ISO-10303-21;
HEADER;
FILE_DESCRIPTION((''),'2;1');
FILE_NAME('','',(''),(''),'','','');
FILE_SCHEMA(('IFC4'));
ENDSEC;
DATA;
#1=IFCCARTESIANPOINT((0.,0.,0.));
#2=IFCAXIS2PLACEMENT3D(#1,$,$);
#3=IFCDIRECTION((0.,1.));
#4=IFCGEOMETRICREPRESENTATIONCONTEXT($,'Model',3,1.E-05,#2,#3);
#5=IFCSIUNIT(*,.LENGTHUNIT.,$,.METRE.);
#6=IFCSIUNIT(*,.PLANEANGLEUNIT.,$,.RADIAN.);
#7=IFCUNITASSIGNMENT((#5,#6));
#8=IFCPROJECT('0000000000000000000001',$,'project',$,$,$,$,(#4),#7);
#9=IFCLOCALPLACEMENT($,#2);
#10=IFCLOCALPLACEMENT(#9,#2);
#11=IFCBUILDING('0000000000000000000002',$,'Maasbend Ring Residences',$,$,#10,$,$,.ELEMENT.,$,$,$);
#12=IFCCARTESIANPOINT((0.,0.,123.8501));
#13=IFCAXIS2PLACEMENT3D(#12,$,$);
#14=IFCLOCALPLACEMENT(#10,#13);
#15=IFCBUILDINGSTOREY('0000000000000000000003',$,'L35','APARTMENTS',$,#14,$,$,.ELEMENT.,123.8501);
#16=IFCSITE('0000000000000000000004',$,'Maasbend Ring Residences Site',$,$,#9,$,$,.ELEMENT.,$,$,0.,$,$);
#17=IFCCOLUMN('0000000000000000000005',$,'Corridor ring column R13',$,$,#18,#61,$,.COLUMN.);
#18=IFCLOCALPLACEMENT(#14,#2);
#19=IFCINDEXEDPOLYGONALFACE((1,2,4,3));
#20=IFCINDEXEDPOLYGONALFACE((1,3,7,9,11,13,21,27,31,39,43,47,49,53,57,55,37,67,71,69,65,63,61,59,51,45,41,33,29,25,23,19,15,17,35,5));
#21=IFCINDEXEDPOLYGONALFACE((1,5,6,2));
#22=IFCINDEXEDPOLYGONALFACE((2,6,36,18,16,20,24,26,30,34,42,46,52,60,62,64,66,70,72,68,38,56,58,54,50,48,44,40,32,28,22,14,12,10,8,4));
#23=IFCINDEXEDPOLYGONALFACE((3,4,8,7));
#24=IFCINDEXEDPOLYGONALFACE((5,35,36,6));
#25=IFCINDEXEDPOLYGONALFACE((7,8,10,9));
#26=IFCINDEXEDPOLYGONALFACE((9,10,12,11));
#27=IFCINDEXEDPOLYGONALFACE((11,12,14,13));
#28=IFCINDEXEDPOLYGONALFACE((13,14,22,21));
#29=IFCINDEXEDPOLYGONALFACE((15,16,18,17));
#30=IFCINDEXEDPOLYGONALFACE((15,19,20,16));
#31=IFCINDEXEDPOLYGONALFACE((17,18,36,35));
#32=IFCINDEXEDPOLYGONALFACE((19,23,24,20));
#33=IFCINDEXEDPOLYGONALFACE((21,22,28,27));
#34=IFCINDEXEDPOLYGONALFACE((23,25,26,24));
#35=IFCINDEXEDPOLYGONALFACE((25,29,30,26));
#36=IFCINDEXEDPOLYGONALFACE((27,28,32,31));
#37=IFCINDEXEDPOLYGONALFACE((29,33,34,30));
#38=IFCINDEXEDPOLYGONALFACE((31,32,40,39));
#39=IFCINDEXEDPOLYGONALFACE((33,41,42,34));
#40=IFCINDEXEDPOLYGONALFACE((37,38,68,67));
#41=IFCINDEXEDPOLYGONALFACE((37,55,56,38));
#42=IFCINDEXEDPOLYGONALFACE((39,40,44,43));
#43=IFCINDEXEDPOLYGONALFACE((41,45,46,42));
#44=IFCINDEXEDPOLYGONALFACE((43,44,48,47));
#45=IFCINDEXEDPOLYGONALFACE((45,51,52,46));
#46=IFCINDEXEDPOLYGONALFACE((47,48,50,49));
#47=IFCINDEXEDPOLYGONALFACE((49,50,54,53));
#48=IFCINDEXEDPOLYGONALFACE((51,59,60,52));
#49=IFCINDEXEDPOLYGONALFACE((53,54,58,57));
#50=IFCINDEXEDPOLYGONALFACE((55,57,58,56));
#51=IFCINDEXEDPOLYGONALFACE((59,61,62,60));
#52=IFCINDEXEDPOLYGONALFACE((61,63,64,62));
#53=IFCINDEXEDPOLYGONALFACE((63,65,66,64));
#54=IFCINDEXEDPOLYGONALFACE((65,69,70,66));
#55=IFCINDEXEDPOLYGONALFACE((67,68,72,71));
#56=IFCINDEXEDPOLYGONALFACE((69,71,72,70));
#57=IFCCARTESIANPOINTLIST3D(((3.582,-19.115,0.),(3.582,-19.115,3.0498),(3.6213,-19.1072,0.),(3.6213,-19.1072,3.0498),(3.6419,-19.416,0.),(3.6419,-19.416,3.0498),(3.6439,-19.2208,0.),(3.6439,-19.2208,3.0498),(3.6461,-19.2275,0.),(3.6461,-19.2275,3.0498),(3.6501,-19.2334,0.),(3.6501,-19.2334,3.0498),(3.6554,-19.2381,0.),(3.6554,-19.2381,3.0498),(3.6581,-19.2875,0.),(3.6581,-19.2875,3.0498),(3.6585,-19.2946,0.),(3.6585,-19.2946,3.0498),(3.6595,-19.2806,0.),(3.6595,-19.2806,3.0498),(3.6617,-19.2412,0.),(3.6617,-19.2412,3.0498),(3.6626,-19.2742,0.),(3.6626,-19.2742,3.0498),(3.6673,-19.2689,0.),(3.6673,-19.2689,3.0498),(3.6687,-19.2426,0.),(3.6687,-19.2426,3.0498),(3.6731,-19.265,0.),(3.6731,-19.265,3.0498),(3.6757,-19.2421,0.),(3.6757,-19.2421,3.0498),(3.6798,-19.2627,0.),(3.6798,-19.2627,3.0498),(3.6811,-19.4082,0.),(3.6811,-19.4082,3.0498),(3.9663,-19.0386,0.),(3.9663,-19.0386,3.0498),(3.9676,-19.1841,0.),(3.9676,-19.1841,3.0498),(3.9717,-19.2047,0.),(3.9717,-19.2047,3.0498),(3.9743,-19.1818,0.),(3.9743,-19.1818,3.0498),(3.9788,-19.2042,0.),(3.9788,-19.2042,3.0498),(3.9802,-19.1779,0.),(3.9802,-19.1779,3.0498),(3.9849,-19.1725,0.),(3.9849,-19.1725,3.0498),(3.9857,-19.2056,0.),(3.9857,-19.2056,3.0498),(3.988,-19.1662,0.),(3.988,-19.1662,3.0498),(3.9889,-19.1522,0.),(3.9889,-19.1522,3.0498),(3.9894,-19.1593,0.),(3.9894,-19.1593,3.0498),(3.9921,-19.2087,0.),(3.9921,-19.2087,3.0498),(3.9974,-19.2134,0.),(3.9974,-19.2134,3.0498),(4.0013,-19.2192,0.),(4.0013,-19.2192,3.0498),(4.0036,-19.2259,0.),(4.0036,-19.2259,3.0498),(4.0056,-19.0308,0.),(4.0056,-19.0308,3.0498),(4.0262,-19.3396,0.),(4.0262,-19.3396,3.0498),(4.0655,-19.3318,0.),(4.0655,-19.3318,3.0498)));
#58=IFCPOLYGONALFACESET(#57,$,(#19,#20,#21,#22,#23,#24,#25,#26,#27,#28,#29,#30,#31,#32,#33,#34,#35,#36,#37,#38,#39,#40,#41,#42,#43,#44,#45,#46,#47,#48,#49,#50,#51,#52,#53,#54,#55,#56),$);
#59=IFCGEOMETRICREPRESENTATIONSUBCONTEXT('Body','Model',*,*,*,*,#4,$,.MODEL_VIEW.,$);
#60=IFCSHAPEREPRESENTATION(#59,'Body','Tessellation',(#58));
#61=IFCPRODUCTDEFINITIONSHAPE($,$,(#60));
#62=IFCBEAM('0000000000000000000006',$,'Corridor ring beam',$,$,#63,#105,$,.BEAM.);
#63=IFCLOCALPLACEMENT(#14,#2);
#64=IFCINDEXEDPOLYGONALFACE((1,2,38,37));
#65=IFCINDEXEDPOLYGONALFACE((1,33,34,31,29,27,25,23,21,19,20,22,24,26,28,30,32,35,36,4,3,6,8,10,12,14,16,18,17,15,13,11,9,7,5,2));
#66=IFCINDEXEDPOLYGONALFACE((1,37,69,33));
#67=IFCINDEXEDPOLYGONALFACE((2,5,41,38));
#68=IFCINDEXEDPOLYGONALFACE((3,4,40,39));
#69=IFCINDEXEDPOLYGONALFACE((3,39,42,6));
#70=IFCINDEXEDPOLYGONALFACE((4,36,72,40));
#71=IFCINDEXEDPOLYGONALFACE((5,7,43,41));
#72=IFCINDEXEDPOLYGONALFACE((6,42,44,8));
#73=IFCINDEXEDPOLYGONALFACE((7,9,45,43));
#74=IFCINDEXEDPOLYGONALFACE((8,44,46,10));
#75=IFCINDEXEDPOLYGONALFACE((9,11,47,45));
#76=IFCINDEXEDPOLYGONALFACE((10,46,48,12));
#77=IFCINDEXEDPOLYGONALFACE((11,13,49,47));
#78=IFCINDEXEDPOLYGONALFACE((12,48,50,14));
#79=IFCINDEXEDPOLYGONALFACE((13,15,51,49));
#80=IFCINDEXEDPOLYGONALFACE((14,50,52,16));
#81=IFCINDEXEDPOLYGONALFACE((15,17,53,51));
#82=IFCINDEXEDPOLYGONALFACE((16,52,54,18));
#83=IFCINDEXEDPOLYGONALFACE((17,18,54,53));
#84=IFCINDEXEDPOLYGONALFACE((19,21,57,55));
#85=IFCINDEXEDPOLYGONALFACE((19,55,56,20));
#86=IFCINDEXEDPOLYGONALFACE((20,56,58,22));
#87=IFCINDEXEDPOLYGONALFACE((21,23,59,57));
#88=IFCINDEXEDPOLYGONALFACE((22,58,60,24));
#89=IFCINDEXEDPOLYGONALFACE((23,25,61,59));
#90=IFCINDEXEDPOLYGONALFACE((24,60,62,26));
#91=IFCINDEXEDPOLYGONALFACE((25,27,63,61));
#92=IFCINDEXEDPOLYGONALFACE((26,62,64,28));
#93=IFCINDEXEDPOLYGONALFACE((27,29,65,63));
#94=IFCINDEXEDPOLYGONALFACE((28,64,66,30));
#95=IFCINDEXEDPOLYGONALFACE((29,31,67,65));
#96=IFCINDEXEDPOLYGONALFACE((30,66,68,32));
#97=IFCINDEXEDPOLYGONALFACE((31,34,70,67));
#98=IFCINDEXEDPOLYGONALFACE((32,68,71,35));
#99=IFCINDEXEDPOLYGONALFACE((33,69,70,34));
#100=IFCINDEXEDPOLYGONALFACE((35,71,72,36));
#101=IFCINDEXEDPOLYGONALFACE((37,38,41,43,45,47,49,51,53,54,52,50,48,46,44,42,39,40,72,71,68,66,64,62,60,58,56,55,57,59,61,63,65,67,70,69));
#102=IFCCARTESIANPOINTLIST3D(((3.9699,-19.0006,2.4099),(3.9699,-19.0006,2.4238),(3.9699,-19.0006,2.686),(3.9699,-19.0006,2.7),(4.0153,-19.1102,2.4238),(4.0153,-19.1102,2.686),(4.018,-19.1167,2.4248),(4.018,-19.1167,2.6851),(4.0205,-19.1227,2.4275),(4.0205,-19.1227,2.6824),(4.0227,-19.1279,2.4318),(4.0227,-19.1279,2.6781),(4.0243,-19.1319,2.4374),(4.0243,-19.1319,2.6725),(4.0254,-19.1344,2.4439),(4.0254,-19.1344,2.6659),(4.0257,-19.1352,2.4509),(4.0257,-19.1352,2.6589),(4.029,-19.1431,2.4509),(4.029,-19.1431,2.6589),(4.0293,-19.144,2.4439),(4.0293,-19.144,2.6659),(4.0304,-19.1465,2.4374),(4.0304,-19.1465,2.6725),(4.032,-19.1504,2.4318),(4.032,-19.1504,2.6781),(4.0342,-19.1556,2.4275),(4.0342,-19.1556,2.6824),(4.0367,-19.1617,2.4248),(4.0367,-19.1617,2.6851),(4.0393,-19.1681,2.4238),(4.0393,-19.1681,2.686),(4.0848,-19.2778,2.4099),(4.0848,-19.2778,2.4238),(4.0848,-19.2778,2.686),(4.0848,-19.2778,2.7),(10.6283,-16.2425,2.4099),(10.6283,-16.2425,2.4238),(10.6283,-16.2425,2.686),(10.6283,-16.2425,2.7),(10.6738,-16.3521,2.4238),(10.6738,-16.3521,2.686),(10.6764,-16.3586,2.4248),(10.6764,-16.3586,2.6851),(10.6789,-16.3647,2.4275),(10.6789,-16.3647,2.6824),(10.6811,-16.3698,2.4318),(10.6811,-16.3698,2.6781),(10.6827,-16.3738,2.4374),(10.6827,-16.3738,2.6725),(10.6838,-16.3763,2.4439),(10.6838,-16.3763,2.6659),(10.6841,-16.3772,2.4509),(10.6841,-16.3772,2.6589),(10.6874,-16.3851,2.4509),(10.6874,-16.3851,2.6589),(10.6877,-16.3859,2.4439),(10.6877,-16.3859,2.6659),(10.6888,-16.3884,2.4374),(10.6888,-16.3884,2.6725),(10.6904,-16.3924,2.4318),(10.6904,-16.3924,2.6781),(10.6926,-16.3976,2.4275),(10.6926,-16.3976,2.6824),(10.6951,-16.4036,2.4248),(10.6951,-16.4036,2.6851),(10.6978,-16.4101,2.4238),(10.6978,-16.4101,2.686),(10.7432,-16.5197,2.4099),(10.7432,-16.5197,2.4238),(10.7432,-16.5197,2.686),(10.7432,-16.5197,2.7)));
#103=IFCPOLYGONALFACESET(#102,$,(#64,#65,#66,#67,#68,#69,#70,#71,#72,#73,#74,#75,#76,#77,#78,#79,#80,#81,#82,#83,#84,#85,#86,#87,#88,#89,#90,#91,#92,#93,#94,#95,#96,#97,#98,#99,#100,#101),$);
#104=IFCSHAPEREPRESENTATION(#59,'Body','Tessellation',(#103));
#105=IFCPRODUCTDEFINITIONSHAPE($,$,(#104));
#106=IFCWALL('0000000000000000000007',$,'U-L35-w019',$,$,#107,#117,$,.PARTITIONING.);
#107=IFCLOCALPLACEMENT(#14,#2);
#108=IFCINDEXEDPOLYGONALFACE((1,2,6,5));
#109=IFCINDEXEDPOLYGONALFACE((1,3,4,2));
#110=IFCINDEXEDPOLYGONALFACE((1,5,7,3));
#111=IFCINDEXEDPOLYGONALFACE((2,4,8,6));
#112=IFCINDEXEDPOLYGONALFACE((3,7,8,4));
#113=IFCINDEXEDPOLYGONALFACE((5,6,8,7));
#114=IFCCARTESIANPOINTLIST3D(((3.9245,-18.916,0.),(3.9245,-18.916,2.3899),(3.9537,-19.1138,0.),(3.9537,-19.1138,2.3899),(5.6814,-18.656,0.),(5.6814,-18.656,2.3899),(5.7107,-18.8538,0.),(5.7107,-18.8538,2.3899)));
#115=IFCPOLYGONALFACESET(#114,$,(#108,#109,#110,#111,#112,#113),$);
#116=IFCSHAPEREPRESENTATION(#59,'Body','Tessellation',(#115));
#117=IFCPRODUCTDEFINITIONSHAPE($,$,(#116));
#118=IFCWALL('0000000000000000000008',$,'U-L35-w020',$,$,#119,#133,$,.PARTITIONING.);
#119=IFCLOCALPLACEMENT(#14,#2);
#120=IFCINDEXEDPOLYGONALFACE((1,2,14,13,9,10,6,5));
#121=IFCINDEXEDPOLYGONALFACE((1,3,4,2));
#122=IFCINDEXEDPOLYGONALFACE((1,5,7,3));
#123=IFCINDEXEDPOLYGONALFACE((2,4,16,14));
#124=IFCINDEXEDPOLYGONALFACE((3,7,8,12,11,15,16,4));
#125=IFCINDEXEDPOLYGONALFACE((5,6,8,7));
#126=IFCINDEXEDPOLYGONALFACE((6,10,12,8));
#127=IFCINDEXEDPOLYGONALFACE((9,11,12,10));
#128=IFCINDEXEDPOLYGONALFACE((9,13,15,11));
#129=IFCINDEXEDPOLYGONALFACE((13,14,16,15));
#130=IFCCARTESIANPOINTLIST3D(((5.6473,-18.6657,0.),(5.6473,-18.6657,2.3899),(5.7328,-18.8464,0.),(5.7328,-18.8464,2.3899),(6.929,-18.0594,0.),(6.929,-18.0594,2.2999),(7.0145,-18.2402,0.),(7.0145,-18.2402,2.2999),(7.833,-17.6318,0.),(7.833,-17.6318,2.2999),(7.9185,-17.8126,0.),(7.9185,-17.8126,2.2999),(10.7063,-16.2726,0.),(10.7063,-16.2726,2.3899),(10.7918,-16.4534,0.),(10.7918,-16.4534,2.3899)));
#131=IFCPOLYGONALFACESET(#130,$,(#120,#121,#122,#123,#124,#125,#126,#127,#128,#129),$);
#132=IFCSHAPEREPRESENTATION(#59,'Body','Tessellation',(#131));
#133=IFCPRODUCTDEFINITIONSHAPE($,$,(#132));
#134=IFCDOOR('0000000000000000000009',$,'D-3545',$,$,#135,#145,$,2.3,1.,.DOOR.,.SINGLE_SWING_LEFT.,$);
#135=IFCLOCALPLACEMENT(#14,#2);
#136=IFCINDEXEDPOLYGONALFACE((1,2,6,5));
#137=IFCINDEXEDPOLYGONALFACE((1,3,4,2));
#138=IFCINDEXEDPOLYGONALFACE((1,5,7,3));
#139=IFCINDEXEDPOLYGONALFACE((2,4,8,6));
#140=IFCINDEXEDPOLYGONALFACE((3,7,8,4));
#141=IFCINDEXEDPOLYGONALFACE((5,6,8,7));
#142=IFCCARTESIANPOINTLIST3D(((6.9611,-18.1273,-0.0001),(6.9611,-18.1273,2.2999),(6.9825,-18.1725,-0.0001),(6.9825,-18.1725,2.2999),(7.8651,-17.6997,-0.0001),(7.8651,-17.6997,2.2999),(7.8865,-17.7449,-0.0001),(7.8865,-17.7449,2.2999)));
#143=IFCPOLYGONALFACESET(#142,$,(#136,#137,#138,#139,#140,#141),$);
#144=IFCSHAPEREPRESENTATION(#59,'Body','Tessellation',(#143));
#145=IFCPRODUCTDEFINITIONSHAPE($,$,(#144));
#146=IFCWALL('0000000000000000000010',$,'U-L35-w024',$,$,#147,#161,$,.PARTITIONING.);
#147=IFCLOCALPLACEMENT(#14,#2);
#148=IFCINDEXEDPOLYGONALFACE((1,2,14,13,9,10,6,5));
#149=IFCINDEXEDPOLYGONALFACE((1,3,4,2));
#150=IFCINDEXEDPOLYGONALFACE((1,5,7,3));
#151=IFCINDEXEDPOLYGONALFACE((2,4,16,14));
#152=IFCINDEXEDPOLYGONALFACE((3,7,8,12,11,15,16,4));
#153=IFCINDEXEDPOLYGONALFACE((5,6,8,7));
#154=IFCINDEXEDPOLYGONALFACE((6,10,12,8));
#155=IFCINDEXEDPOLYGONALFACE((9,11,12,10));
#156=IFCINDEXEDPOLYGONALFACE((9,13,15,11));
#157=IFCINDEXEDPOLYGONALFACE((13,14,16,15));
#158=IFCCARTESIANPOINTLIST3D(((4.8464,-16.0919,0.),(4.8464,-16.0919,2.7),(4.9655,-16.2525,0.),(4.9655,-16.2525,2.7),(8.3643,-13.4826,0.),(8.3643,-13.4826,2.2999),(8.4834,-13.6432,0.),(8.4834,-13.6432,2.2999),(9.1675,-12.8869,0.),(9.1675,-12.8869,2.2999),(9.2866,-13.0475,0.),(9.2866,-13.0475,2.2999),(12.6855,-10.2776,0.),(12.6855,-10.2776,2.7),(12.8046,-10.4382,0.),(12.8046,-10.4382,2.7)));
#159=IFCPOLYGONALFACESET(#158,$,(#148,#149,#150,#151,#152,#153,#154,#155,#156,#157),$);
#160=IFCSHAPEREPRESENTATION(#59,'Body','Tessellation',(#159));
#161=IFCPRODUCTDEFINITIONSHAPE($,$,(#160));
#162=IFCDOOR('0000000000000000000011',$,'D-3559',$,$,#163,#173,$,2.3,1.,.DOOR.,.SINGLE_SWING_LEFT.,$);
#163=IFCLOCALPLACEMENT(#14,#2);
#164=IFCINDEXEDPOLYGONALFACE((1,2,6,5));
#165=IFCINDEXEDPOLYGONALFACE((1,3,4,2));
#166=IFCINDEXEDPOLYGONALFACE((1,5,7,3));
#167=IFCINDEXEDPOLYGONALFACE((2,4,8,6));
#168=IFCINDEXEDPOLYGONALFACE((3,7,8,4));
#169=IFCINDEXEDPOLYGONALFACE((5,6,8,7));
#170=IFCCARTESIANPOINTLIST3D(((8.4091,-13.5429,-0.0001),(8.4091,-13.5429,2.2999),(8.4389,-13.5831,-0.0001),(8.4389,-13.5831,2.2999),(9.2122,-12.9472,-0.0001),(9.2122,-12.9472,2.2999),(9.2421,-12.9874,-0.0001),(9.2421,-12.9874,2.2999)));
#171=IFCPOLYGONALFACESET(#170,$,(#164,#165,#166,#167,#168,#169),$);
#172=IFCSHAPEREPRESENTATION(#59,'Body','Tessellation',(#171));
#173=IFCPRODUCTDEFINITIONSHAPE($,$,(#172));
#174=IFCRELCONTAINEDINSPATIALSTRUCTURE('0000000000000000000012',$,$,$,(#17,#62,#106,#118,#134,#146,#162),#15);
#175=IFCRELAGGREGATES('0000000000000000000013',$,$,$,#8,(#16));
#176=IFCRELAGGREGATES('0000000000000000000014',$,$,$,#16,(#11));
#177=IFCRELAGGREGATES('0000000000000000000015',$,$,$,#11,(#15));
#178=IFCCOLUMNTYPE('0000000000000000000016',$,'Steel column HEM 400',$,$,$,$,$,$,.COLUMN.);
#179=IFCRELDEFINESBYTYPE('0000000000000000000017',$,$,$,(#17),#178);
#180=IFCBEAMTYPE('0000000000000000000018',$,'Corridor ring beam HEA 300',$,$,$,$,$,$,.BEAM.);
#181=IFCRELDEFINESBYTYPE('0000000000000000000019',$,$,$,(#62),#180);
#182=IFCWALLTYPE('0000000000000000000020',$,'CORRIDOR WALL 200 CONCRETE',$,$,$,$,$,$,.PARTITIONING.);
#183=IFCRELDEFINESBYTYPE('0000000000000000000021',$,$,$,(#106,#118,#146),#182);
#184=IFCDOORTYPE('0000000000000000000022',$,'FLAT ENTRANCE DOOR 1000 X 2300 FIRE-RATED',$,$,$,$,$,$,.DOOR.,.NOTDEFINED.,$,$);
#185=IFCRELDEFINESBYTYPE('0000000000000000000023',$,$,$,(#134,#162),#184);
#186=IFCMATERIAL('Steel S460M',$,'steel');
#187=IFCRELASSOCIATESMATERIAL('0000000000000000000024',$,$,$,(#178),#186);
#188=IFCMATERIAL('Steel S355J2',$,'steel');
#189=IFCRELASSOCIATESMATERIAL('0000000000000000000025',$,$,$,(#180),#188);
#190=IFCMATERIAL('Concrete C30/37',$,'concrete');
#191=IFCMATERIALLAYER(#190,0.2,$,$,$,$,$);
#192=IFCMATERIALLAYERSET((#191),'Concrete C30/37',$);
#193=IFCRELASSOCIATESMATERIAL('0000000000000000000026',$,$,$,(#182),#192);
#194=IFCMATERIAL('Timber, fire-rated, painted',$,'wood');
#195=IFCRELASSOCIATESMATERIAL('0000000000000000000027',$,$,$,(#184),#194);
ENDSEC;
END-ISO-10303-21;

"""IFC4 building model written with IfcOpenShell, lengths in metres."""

from ifc_helpers import new_model, si_unit, direction, frame, frame_2d, origin, origin_2d, place, context, subcontext, project, spatial, rectangle, i_section, extrude, material, layer, layer_set, material_profile, profile_set, type_object, element, fill, save


model = new_model("IFC4")

# Units and contexts
model_context = context("Model", 3, precision=1e-05, world=origin(), true_north=direction((0.0, 1.0)))
body_context = subcontext(model_context, "Body", "Model", "MODEL_VIEW")
ifc_project = project(units=[si_unit("LENGTHUNIT", "METRE"), si_unit("PLANEANGLEUNIT", "RADIAN")], contexts=[model_context])

# Site, building, storey
site_placement = place(None, origin())
site = spatial("IfcSite", under=ifc_project, at=site_placement, Name="Maasbend Ring Residences Site", CompositionType="ELEMENT", RefElevation=0.0)
building_placement = place(site_placement, origin())
building = spatial("IfcBuilding", under=site, at=building_placement, Name="Maasbend Ring Residences", CompositionType="ELEMENT")
storey_placement = place(building_placement, frame((0.0, 0.0, 123.8501)))
storey = spatial("IfcBuildingStorey", under=building, at=storey_placement, Name="L35", Description="APARTMENTS", CompositionType="ELEMENT", Elevation=123.8501)

# Column
ifc_material_1 = material(Name="Steel S460M", Category="steel")
ifc_material_profile_1 = material_profile(ifc_material_1, i_section(OverallWidth=0.3069, OverallDepth=0.4319, WebThickness=0.021, FlangeThickness=0.04, FilletRadius=0.0271, at=origin_2d()), Name="HEM 400")
ifc_profile_set_1 = profile_set([ifc_material_profile_1], Name="Steel S460M")
column_type = type_object("IfcColumnType", Name="Steel column HEM 400", PredefinedType="COLUMN", material=ifc_profile_set_1)
column_placement = place(storey_placement, frame((3.8237, -19.2234, 0.0), z_axis=(0.0, 0.0, 1.0), x_axis=(0.19509, -0.980785, 0.0)))
element("IfcColumn", 1, at=column_placement, inside=storey, type_object=column_type, Name="Corridor ring column R13", PredefinedType="COLUMN", context=body_context, shape_type="SweptSolid", body=[
    extrude(i_section(OverallWidth=0.3069, OverallDepth=0.4319, WebThickness=0.021, FlangeThickness=0.04, FilletRadius=0.0271, at=origin_2d()), origin(), (0.0, 0.0, 1.0), 3.0498),
])

# Beam
ifc_material_2 = material(Name="Steel S355J2", Category="steel")
ifc_material_profile_2 = material_profile(ifc_material_2, i_section(OverallWidth=0.3, OverallDepth=0.29, WebThickness=0.0085, FlangeThickness=0.0139, FilletRadius=0.0271, at=origin_2d()), Name="HEA 300")
ifc_profile_set_2 = profile_set([ifc_material_profile_2], Name="Steel S355J2")
beam_type = type_object("IfcBeamType", Name="Corridor ring beam HEA 300", PredefinedType="BEAM", material=ifc_profile_set_2)
beam_placement = place(storey_placement, frame((4.0273, -19.1392, 2.5549), z_axis=(0.923878, 0.382688, 0.0), x_axis=(-0.382688, 0.923878, 0.0)))
element("IfcBeam", 2, at=beam_placement, inside=storey, type_object=beam_type, Name="Corridor ring beam", PredefinedType="BEAM", context=body_context, shape_type="SweptSolid", body=[
    extrude(i_section(OverallWidth=0.3, OverallDepth=0.29, WebThickness=0.0085, FlangeThickness=0.0139, FilletRadius=0.0271, at=origin_2d()), origin(), (0.0, 0.0, 1.0), 7.207),
])

# Wall
ifc_material_3 = material(Name="Concrete C30/37", Category="concrete")
ifc_layer_1 = layer(ifc_material_3, 0.2)
ifc_layer_set_1 = layer_set([ifc_layer_1], Name="Concrete C30/37")
wall_type_1 = type_object("IfcWallType", Name="CORRIDOR WALL 200 CONCRETE", PredefinedType="PARTITIONING", material=ifc_layer_set_1)
wall_1_placement = place(storey_placement, frame((3.939, -19.0149, 0.0), z_axis=(0.0, 0.0, 1.0), x_axis=(0.989228, 0.146384, 0.0)))
element("IfcWall", 3, at=wall_1_placement, inside=storey, type_object=wall_type_1, Name="U-L35-w019", PredefinedType="PARTITIONING", context=body_context, shape_type="SweptSolid", body=[
    extrude(rectangle(XDim=1.7761, YDim=0.2, at=frame_2d((0.8882, 0.0))), origin(), (0.0, 0.0, 1.0), 2.3899),
])

# Walls, openings, doors
wall_2_placement = place(storey_placement, frame((5.6899, -18.7561, 0.0), z_axis=(0.0, 0.0, 1.0), x_axis=(0.903969, 0.427599, 0.0)))
wall_2 = element("IfcWall", 4, at=wall_2_placement, inside=storey, type_object=wall_type_1, Name="U-L35-w020", PredefinedType="PARTITIONING", context=body_context, shape_type="SweptSolid", body=[
    extrude(rectangle(XDim=5.5964, YDim=0.2, at=frame_2d((2.7983, 0.0))), origin(), (0.0, 0.0, 1.0), 2.3899),
])
opening_1_placement = place(wall_2_placement, frame((1.418, 0.0, 0.0)))
opening_1 = element("IfcOpeningElement", 5, at=opening_1_placement, cuts=wall_2, PredefinedType="OPENING", context=body_context, shape_type="SweptSolid", body=[
    extrude(rectangle(XDim=1.0, YDim=2.3, at=frame_2d((0.5, 1.1499))), frame((0.0, 0.1099, 0.0), z_axis=(0.0, -1.0, 0.0), x_axis=(1.0, 0.0, 0.0)), (0.0, 0.0, 1.0), 0.22),
])
ifc_material_4 = material(Name="Timber, fire-rated, painted", Category="wood")
door_type_1 = type_object("IfcDoorType", Name="FLAT ENTRANCE DOOR 1000 X 2300 FIRE-RATED", OperationType="NOTDEFINED", PredefinedType="DOOR", material=ifc_material_4)
door_1_placement = place(opening_1_placement, origin())
door_1 = element("IfcDoor", 6, at=door_1_placement, inside=storey, type_object=door_type_1, Name="D-3545", OperationType="SINGLE_SWING_LEFT", OverallHeight=2.3, OverallWidth=1.0, PredefinedType="DOOR", context=body_context, shape_type="SweptSolid", body=[
    extrude(rectangle(XDim=1.0, YDim=2.3, at=frame_2d((0.5, 1.1499))), frame((0.0, 0.0249, 0.0), z_axis=(0.0, -1.0, 0.0), x_axis=(1.0, 0.0, 0.0)), (0.0, 0.0, 1.0), 0.05),
])
fill(opening_1, door_1)
wall_3_placement = place(storey_placement, frame((4.906, -16.1721, 0.0), z_axis=(0.0, 0.0, 1.0), x_axis=(0.803191, 0.595721, 0.0)))
wall_3 = element("IfcWall", 7, at=wall_3_placement, inside=storey, type_object=wall_type_1, Name="U-L35-w024", PredefinedType="PARTITIONING", context=body_context, shape_type="SweptSolid", body=[
    extrude(rectangle(XDim=9.76, YDim=0.2, at=frame_2d((4.8799, 0.0))), origin(), (0.0, 0.0, 1.0), 2.7),
])
opening_2_placement = place(wall_3_placement, frame((4.3799, 0.0, 0.0)))
opening_2 = element("IfcOpeningElement", 8, at=opening_2_placement, cuts=wall_3, PredefinedType="OPENING", context=body_context, shape_type="SweptSolid", body=[
    extrude(rectangle(XDim=1.0, YDim=2.3, at=frame_2d((0.5, 1.1499))), frame((0.0, 0.1099, 0.0), z_axis=(0.0, -1.0, 0.0), x_axis=(1.0, 0.0, 0.0)), (0.0, 0.0, 1.0), 0.22),
])
door_2_placement = place(opening_2_placement, origin())
door_2 = element("IfcDoor", 9, at=door_2_placement, inside=storey, type_object=door_type_1, Name="D-3559", OperationType="SINGLE_SWING_LEFT", OverallHeight=2.3, OverallWidth=1.0, PredefinedType="DOOR", context=body_context, shape_type="SweptSolid", body=[
    extrude(rectangle(XDim=1.0, YDim=2.3, at=frame_2d((0.5, 1.1499))), frame((0.0, 0.0249, 0.0), z_axis=(0.0, -1.0, 0.0), x_axis=(1.0, 0.0, 0.0)), (0.0, 0.0, 1.0), 0.05),
])
fill(opening_2, door_2)

save(model, "model.ifc")
